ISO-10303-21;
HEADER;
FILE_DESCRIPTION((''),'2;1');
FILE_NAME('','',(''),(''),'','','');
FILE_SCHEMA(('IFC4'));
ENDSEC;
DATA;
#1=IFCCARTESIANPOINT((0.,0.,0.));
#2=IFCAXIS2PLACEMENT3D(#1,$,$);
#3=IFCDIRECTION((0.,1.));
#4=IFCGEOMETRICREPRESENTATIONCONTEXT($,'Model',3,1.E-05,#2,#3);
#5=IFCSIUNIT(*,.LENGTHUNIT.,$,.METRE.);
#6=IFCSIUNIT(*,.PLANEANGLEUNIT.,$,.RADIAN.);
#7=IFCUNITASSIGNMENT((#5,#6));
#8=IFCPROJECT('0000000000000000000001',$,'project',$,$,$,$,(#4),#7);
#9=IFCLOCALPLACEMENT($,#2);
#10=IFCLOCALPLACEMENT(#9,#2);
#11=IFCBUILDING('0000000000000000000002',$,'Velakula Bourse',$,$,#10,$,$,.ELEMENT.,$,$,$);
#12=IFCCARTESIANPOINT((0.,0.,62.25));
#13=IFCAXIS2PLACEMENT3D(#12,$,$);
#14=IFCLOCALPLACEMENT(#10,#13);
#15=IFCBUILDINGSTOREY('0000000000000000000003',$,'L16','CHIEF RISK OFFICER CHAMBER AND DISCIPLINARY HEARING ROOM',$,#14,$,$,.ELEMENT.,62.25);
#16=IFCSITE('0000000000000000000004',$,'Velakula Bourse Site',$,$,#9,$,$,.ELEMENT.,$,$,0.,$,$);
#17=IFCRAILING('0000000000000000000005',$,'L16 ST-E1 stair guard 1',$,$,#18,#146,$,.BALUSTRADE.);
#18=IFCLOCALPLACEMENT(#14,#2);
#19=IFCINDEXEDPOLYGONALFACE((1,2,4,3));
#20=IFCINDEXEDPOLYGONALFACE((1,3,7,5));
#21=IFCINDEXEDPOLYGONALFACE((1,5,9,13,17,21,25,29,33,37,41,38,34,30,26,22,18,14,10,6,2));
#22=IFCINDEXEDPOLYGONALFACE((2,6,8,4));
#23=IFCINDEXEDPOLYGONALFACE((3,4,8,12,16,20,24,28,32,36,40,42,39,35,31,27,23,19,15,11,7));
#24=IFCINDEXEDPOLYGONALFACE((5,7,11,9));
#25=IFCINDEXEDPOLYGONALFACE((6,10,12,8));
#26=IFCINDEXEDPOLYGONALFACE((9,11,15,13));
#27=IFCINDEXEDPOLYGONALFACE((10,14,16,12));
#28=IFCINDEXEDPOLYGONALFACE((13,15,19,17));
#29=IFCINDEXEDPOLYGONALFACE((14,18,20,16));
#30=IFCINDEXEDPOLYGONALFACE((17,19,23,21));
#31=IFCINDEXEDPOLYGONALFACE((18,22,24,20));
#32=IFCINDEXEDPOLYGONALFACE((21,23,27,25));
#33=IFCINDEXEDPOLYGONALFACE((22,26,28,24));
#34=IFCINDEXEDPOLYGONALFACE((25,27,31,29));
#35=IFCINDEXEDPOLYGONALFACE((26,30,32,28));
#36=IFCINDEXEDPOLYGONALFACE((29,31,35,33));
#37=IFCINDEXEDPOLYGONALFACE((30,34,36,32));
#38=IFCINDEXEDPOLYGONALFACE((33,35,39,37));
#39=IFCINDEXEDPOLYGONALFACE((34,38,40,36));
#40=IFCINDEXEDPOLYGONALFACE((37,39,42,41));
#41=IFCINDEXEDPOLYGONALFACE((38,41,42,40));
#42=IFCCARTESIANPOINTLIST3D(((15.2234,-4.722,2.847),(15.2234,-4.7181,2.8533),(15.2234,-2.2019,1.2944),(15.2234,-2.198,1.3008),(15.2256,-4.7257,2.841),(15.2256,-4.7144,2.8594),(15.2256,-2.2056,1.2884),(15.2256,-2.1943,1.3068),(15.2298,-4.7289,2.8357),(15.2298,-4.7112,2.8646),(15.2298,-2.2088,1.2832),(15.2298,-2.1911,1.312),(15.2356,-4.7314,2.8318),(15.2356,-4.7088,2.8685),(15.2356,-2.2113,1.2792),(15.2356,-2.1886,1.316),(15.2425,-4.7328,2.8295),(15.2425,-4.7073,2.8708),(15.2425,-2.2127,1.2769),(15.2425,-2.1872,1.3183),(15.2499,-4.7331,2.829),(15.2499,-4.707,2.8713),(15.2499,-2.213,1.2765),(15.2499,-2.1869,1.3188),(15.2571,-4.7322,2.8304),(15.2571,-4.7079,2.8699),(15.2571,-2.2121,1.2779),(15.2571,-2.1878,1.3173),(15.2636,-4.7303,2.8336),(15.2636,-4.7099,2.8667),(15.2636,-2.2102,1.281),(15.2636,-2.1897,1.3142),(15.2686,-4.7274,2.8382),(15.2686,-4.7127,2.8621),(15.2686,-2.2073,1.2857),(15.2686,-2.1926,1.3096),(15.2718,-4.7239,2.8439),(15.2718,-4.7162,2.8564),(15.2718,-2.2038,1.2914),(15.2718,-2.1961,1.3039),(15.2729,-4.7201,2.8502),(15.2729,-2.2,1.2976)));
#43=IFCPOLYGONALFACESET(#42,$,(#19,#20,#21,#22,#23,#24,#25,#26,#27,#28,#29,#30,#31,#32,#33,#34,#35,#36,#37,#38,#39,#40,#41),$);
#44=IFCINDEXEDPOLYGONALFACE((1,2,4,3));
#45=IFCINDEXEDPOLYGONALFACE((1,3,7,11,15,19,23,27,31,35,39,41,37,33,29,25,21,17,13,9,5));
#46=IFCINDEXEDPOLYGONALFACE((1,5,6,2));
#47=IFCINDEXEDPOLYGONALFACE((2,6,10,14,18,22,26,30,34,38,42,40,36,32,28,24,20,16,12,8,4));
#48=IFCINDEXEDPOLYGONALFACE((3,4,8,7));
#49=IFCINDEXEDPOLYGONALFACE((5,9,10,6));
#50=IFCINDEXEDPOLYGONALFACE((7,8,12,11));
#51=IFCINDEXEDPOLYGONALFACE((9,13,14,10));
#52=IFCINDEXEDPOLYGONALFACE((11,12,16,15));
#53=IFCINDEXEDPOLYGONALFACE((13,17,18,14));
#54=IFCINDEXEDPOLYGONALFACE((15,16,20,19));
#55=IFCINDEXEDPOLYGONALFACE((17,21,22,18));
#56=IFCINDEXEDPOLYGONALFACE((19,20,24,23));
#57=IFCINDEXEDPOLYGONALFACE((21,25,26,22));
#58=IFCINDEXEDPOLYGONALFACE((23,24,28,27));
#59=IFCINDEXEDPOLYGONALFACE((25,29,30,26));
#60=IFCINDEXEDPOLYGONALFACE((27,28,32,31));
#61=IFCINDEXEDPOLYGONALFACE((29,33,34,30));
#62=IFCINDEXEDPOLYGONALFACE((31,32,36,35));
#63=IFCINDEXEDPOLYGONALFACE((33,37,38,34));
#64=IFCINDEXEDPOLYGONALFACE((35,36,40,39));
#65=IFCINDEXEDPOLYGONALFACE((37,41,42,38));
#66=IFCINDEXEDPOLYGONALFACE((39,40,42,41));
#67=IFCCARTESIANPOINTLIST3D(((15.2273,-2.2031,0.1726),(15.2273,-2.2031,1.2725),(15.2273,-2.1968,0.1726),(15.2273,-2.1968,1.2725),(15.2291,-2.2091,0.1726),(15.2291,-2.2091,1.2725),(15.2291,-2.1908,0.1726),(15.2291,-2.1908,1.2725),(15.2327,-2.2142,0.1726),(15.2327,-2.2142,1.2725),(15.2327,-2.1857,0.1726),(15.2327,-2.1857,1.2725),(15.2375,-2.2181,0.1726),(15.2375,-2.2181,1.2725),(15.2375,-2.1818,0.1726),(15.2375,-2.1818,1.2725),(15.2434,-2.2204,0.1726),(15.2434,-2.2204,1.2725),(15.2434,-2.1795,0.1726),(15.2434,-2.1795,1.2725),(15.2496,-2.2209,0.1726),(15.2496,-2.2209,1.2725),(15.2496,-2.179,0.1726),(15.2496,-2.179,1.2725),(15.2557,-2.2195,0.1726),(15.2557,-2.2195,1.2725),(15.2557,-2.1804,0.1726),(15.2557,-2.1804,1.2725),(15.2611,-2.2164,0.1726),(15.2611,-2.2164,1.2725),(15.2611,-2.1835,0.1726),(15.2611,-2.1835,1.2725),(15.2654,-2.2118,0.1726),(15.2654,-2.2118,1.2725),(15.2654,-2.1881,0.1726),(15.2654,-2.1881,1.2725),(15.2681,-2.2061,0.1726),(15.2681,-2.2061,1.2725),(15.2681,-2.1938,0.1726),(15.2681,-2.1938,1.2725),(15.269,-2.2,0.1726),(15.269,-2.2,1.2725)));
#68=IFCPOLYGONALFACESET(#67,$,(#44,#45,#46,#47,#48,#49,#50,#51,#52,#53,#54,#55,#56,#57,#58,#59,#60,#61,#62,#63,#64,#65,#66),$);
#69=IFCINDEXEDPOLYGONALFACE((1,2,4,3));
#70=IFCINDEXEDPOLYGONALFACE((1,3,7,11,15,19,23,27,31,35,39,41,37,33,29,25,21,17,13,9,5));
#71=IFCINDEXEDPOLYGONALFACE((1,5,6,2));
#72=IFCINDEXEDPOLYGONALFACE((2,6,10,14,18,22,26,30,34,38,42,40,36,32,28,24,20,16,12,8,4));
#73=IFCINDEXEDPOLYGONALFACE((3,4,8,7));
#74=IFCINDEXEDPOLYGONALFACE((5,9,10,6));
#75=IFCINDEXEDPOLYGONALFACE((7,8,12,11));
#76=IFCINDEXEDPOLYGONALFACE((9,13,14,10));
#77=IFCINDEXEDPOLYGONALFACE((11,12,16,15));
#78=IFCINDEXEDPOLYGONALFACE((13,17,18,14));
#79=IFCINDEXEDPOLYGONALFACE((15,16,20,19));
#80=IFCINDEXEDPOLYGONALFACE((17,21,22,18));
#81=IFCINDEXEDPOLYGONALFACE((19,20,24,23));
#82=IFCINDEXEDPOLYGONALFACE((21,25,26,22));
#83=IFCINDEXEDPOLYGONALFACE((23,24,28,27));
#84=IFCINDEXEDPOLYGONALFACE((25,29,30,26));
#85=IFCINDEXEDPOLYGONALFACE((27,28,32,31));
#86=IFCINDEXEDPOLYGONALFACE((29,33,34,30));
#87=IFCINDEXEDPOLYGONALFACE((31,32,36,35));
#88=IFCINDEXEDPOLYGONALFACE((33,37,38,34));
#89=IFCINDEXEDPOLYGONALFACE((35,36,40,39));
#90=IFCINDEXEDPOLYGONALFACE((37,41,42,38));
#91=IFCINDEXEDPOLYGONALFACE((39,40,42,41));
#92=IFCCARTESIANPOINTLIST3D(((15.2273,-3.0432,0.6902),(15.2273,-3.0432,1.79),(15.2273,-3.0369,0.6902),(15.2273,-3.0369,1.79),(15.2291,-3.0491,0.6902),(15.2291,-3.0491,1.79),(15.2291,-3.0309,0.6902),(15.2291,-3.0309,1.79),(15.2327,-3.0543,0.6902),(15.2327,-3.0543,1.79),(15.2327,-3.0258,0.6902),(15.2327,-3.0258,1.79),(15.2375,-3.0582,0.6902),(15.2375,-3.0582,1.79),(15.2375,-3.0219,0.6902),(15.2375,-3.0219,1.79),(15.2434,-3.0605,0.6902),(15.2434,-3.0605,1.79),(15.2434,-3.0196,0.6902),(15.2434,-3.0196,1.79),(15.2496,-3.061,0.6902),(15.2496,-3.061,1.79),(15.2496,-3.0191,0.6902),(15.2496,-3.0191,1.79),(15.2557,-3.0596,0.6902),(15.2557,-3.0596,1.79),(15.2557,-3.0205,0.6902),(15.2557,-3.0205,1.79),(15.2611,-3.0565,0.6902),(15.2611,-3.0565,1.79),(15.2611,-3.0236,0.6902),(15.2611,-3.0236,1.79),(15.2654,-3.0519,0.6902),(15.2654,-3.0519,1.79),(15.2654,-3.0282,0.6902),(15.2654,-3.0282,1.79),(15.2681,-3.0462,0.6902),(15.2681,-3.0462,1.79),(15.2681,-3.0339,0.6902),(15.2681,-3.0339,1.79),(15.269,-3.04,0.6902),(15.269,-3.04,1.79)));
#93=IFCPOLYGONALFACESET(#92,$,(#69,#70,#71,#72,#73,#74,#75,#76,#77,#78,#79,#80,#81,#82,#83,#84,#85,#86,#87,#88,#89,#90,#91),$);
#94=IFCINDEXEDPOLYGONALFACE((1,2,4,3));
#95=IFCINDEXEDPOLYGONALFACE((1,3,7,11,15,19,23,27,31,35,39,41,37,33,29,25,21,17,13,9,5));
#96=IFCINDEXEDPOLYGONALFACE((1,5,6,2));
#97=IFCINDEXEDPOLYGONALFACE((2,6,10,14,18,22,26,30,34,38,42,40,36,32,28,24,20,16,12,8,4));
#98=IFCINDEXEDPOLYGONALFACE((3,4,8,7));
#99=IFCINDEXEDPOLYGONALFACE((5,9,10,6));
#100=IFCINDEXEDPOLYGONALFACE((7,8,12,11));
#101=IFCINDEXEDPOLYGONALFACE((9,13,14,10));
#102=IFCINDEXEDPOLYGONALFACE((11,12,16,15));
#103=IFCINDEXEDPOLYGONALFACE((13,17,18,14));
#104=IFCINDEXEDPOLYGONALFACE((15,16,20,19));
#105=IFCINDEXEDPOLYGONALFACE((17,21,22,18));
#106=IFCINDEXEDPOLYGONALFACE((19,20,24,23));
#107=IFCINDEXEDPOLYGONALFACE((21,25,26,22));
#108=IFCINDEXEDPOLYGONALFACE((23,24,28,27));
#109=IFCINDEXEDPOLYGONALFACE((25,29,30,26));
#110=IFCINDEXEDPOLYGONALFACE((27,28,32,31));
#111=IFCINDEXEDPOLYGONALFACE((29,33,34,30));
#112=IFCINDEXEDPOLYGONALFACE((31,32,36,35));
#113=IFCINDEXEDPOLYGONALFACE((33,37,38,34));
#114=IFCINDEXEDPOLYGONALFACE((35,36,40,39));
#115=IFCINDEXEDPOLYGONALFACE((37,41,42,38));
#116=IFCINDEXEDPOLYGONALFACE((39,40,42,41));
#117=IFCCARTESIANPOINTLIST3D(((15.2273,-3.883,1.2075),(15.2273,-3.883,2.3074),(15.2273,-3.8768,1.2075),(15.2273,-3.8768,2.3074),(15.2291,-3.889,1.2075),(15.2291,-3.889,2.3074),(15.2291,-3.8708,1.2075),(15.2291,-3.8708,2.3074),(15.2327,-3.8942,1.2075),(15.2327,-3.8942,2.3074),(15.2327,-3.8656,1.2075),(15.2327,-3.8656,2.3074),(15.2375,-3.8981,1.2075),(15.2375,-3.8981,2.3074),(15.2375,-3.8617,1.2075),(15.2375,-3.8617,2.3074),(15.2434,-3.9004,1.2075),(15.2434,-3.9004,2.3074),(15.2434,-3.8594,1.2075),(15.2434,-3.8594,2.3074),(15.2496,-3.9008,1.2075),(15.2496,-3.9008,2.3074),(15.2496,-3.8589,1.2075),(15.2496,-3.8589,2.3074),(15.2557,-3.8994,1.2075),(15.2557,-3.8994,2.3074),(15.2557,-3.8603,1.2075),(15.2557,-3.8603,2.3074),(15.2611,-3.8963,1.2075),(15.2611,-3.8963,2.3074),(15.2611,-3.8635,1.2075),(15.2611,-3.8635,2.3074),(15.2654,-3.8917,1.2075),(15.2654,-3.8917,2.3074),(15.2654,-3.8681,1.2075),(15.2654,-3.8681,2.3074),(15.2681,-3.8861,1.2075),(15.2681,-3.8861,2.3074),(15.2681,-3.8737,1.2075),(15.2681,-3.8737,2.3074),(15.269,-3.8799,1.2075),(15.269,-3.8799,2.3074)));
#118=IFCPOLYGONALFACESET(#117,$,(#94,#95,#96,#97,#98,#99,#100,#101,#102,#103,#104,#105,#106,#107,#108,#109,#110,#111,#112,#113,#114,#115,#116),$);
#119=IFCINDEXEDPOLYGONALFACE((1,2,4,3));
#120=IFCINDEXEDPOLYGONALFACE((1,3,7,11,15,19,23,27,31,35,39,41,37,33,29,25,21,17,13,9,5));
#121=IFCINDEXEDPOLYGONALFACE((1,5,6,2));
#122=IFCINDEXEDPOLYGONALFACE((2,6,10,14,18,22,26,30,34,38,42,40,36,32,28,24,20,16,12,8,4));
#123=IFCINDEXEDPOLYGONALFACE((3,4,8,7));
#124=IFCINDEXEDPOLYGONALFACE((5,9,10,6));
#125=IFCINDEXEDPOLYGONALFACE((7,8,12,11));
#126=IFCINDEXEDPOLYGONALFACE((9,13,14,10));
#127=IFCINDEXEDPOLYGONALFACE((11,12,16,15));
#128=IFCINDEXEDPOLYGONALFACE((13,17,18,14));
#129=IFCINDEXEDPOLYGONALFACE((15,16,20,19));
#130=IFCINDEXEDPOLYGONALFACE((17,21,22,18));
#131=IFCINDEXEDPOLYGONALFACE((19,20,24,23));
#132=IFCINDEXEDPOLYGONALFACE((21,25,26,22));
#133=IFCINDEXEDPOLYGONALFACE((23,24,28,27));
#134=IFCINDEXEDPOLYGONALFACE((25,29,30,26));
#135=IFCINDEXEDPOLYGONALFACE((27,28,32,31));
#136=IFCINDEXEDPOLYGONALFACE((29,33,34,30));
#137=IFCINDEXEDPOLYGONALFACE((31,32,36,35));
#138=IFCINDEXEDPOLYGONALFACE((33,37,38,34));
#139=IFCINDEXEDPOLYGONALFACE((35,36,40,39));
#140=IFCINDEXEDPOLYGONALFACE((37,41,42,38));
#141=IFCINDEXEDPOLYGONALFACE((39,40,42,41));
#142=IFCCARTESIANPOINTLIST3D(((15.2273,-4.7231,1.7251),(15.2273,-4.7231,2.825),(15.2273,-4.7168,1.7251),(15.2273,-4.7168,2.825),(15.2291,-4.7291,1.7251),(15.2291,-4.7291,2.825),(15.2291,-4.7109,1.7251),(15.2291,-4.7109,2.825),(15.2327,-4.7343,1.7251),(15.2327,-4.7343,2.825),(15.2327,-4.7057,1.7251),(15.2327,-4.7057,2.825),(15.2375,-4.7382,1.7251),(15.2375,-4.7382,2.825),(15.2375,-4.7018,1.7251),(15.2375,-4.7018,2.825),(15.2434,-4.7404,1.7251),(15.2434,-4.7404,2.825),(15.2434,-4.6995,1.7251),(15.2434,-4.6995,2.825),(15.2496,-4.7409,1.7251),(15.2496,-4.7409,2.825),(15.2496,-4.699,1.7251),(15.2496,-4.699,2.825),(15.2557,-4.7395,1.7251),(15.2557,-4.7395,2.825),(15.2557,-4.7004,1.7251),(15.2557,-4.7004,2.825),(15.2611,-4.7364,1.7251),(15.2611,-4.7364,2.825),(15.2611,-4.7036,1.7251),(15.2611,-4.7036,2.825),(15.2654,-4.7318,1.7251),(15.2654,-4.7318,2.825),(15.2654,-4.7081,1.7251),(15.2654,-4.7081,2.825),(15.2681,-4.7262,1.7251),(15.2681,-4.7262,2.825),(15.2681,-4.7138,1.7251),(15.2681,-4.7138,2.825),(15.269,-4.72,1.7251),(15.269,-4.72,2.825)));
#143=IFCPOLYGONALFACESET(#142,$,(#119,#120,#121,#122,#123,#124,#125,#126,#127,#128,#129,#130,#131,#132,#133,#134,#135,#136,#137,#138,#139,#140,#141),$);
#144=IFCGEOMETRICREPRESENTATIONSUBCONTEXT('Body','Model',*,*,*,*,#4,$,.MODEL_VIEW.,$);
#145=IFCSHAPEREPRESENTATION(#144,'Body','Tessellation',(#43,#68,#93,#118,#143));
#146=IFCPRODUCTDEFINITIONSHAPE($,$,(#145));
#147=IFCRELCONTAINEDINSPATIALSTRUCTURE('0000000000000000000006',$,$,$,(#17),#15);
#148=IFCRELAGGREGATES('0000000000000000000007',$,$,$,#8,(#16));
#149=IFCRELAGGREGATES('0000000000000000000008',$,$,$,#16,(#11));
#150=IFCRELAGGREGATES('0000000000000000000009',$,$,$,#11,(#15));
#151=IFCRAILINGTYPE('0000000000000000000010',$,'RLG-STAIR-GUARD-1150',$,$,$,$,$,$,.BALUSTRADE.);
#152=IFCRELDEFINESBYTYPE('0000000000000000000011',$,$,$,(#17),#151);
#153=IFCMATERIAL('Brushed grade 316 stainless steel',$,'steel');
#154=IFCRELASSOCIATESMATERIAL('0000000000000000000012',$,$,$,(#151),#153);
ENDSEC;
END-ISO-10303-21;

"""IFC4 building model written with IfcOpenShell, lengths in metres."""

from ifc_helpers import new_model, si_unit, direction, frame, origin, origin_2d, place, context, subcontext, project, spatial, circle, extrude, material, type_object, element, save


model = new_model("IFC4")

# Units and contexts
model_context = context("Model", 3, precision=1e-05, world=origin(), true_north=direction((0.0, 1.0)))
body_context = subcontext(model_context, "Body", "Model", "MODEL_VIEW")
ifc_project = project(units=[si_unit("LENGTHUNIT", "METRE"), si_unit("PLANEANGLEUNIT", "RADIAN")], contexts=[model_context])

# Site, building, storey
site_placement = place(None, origin())
site = spatial("IfcSite", under=ifc_project, at=site_placement, Name="Velakula Bourse Site", CompositionType="ELEMENT", RefElevation=0.0)
building_placement = place(site_placement, origin())
building = spatial("IfcBuilding", under=site, at=building_placement, Name="Velakula Bourse", CompositionType="ELEMENT")
storey_placement = place(building_placement, frame((0.0, 0.0, 62.25)))
storey = spatial("IfcBuildingStorey", under=building, at=storey_placement, Name="L16", Description="CHIEF RISK OFFICER CHAMBER AND DISCIPLINARY HEARING ROOM", CompositionType="ELEMENT", Elevation=62.25)

# Shared definitions
ifc_material_1 = material(Name="Brushed grade 316 stainless steel", Category="steel")

# Railing
railing_type_1 = type_object("IfcRailingType", Name="RLG-STAIR-GUARD-1150", PredefinedType="BALUSTRADE", material=ifc_material_1)
railing_1_placement = place(storey_placement, frame((15.248, -2.2, 0.1726)))
element("IfcRailing", 1, at=railing_1_placement, inside=storey, type_object=railing_type_1, Name="L16 ST-E1 stair guard 1", PredefinedType="BALUSTRADE", context=body_context, shape_type="SweptSolid", body=[
    extrude(circle(Radius=0.0249, at=origin_2d()), frame((0.0, 0.0, 1.125), z_axis=(0.0, -0.8514, 0.524516), x_axis=(1.0, 0.0, 0.0)), (0.0, 0.0, 1.0), 2.96),
    extrude(circle(Radius=0.021, at=origin_2d()), origin(), (0.0, 0.0, 1.0), 1.0999),
    extrude(circle(Radius=0.021, at=origin_2d()), frame((0.0, -0.8401, 0.5176)), (0.0, 0.0, 1.0), 1.0999),
    extrude(circle(Radius=0.021, at=origin_2d()), frame((0.0, -1.6799, 1.0349)), (0.0, 0.0, 1.0), 1.0999),
    extrude(circle(Radius=0.021, at=origin_2d()), frame((0.0, -2.52, 1.5525)), (0.0, 0.0, 1.0), 1.0999),
])

save(model, "model.ifc")
